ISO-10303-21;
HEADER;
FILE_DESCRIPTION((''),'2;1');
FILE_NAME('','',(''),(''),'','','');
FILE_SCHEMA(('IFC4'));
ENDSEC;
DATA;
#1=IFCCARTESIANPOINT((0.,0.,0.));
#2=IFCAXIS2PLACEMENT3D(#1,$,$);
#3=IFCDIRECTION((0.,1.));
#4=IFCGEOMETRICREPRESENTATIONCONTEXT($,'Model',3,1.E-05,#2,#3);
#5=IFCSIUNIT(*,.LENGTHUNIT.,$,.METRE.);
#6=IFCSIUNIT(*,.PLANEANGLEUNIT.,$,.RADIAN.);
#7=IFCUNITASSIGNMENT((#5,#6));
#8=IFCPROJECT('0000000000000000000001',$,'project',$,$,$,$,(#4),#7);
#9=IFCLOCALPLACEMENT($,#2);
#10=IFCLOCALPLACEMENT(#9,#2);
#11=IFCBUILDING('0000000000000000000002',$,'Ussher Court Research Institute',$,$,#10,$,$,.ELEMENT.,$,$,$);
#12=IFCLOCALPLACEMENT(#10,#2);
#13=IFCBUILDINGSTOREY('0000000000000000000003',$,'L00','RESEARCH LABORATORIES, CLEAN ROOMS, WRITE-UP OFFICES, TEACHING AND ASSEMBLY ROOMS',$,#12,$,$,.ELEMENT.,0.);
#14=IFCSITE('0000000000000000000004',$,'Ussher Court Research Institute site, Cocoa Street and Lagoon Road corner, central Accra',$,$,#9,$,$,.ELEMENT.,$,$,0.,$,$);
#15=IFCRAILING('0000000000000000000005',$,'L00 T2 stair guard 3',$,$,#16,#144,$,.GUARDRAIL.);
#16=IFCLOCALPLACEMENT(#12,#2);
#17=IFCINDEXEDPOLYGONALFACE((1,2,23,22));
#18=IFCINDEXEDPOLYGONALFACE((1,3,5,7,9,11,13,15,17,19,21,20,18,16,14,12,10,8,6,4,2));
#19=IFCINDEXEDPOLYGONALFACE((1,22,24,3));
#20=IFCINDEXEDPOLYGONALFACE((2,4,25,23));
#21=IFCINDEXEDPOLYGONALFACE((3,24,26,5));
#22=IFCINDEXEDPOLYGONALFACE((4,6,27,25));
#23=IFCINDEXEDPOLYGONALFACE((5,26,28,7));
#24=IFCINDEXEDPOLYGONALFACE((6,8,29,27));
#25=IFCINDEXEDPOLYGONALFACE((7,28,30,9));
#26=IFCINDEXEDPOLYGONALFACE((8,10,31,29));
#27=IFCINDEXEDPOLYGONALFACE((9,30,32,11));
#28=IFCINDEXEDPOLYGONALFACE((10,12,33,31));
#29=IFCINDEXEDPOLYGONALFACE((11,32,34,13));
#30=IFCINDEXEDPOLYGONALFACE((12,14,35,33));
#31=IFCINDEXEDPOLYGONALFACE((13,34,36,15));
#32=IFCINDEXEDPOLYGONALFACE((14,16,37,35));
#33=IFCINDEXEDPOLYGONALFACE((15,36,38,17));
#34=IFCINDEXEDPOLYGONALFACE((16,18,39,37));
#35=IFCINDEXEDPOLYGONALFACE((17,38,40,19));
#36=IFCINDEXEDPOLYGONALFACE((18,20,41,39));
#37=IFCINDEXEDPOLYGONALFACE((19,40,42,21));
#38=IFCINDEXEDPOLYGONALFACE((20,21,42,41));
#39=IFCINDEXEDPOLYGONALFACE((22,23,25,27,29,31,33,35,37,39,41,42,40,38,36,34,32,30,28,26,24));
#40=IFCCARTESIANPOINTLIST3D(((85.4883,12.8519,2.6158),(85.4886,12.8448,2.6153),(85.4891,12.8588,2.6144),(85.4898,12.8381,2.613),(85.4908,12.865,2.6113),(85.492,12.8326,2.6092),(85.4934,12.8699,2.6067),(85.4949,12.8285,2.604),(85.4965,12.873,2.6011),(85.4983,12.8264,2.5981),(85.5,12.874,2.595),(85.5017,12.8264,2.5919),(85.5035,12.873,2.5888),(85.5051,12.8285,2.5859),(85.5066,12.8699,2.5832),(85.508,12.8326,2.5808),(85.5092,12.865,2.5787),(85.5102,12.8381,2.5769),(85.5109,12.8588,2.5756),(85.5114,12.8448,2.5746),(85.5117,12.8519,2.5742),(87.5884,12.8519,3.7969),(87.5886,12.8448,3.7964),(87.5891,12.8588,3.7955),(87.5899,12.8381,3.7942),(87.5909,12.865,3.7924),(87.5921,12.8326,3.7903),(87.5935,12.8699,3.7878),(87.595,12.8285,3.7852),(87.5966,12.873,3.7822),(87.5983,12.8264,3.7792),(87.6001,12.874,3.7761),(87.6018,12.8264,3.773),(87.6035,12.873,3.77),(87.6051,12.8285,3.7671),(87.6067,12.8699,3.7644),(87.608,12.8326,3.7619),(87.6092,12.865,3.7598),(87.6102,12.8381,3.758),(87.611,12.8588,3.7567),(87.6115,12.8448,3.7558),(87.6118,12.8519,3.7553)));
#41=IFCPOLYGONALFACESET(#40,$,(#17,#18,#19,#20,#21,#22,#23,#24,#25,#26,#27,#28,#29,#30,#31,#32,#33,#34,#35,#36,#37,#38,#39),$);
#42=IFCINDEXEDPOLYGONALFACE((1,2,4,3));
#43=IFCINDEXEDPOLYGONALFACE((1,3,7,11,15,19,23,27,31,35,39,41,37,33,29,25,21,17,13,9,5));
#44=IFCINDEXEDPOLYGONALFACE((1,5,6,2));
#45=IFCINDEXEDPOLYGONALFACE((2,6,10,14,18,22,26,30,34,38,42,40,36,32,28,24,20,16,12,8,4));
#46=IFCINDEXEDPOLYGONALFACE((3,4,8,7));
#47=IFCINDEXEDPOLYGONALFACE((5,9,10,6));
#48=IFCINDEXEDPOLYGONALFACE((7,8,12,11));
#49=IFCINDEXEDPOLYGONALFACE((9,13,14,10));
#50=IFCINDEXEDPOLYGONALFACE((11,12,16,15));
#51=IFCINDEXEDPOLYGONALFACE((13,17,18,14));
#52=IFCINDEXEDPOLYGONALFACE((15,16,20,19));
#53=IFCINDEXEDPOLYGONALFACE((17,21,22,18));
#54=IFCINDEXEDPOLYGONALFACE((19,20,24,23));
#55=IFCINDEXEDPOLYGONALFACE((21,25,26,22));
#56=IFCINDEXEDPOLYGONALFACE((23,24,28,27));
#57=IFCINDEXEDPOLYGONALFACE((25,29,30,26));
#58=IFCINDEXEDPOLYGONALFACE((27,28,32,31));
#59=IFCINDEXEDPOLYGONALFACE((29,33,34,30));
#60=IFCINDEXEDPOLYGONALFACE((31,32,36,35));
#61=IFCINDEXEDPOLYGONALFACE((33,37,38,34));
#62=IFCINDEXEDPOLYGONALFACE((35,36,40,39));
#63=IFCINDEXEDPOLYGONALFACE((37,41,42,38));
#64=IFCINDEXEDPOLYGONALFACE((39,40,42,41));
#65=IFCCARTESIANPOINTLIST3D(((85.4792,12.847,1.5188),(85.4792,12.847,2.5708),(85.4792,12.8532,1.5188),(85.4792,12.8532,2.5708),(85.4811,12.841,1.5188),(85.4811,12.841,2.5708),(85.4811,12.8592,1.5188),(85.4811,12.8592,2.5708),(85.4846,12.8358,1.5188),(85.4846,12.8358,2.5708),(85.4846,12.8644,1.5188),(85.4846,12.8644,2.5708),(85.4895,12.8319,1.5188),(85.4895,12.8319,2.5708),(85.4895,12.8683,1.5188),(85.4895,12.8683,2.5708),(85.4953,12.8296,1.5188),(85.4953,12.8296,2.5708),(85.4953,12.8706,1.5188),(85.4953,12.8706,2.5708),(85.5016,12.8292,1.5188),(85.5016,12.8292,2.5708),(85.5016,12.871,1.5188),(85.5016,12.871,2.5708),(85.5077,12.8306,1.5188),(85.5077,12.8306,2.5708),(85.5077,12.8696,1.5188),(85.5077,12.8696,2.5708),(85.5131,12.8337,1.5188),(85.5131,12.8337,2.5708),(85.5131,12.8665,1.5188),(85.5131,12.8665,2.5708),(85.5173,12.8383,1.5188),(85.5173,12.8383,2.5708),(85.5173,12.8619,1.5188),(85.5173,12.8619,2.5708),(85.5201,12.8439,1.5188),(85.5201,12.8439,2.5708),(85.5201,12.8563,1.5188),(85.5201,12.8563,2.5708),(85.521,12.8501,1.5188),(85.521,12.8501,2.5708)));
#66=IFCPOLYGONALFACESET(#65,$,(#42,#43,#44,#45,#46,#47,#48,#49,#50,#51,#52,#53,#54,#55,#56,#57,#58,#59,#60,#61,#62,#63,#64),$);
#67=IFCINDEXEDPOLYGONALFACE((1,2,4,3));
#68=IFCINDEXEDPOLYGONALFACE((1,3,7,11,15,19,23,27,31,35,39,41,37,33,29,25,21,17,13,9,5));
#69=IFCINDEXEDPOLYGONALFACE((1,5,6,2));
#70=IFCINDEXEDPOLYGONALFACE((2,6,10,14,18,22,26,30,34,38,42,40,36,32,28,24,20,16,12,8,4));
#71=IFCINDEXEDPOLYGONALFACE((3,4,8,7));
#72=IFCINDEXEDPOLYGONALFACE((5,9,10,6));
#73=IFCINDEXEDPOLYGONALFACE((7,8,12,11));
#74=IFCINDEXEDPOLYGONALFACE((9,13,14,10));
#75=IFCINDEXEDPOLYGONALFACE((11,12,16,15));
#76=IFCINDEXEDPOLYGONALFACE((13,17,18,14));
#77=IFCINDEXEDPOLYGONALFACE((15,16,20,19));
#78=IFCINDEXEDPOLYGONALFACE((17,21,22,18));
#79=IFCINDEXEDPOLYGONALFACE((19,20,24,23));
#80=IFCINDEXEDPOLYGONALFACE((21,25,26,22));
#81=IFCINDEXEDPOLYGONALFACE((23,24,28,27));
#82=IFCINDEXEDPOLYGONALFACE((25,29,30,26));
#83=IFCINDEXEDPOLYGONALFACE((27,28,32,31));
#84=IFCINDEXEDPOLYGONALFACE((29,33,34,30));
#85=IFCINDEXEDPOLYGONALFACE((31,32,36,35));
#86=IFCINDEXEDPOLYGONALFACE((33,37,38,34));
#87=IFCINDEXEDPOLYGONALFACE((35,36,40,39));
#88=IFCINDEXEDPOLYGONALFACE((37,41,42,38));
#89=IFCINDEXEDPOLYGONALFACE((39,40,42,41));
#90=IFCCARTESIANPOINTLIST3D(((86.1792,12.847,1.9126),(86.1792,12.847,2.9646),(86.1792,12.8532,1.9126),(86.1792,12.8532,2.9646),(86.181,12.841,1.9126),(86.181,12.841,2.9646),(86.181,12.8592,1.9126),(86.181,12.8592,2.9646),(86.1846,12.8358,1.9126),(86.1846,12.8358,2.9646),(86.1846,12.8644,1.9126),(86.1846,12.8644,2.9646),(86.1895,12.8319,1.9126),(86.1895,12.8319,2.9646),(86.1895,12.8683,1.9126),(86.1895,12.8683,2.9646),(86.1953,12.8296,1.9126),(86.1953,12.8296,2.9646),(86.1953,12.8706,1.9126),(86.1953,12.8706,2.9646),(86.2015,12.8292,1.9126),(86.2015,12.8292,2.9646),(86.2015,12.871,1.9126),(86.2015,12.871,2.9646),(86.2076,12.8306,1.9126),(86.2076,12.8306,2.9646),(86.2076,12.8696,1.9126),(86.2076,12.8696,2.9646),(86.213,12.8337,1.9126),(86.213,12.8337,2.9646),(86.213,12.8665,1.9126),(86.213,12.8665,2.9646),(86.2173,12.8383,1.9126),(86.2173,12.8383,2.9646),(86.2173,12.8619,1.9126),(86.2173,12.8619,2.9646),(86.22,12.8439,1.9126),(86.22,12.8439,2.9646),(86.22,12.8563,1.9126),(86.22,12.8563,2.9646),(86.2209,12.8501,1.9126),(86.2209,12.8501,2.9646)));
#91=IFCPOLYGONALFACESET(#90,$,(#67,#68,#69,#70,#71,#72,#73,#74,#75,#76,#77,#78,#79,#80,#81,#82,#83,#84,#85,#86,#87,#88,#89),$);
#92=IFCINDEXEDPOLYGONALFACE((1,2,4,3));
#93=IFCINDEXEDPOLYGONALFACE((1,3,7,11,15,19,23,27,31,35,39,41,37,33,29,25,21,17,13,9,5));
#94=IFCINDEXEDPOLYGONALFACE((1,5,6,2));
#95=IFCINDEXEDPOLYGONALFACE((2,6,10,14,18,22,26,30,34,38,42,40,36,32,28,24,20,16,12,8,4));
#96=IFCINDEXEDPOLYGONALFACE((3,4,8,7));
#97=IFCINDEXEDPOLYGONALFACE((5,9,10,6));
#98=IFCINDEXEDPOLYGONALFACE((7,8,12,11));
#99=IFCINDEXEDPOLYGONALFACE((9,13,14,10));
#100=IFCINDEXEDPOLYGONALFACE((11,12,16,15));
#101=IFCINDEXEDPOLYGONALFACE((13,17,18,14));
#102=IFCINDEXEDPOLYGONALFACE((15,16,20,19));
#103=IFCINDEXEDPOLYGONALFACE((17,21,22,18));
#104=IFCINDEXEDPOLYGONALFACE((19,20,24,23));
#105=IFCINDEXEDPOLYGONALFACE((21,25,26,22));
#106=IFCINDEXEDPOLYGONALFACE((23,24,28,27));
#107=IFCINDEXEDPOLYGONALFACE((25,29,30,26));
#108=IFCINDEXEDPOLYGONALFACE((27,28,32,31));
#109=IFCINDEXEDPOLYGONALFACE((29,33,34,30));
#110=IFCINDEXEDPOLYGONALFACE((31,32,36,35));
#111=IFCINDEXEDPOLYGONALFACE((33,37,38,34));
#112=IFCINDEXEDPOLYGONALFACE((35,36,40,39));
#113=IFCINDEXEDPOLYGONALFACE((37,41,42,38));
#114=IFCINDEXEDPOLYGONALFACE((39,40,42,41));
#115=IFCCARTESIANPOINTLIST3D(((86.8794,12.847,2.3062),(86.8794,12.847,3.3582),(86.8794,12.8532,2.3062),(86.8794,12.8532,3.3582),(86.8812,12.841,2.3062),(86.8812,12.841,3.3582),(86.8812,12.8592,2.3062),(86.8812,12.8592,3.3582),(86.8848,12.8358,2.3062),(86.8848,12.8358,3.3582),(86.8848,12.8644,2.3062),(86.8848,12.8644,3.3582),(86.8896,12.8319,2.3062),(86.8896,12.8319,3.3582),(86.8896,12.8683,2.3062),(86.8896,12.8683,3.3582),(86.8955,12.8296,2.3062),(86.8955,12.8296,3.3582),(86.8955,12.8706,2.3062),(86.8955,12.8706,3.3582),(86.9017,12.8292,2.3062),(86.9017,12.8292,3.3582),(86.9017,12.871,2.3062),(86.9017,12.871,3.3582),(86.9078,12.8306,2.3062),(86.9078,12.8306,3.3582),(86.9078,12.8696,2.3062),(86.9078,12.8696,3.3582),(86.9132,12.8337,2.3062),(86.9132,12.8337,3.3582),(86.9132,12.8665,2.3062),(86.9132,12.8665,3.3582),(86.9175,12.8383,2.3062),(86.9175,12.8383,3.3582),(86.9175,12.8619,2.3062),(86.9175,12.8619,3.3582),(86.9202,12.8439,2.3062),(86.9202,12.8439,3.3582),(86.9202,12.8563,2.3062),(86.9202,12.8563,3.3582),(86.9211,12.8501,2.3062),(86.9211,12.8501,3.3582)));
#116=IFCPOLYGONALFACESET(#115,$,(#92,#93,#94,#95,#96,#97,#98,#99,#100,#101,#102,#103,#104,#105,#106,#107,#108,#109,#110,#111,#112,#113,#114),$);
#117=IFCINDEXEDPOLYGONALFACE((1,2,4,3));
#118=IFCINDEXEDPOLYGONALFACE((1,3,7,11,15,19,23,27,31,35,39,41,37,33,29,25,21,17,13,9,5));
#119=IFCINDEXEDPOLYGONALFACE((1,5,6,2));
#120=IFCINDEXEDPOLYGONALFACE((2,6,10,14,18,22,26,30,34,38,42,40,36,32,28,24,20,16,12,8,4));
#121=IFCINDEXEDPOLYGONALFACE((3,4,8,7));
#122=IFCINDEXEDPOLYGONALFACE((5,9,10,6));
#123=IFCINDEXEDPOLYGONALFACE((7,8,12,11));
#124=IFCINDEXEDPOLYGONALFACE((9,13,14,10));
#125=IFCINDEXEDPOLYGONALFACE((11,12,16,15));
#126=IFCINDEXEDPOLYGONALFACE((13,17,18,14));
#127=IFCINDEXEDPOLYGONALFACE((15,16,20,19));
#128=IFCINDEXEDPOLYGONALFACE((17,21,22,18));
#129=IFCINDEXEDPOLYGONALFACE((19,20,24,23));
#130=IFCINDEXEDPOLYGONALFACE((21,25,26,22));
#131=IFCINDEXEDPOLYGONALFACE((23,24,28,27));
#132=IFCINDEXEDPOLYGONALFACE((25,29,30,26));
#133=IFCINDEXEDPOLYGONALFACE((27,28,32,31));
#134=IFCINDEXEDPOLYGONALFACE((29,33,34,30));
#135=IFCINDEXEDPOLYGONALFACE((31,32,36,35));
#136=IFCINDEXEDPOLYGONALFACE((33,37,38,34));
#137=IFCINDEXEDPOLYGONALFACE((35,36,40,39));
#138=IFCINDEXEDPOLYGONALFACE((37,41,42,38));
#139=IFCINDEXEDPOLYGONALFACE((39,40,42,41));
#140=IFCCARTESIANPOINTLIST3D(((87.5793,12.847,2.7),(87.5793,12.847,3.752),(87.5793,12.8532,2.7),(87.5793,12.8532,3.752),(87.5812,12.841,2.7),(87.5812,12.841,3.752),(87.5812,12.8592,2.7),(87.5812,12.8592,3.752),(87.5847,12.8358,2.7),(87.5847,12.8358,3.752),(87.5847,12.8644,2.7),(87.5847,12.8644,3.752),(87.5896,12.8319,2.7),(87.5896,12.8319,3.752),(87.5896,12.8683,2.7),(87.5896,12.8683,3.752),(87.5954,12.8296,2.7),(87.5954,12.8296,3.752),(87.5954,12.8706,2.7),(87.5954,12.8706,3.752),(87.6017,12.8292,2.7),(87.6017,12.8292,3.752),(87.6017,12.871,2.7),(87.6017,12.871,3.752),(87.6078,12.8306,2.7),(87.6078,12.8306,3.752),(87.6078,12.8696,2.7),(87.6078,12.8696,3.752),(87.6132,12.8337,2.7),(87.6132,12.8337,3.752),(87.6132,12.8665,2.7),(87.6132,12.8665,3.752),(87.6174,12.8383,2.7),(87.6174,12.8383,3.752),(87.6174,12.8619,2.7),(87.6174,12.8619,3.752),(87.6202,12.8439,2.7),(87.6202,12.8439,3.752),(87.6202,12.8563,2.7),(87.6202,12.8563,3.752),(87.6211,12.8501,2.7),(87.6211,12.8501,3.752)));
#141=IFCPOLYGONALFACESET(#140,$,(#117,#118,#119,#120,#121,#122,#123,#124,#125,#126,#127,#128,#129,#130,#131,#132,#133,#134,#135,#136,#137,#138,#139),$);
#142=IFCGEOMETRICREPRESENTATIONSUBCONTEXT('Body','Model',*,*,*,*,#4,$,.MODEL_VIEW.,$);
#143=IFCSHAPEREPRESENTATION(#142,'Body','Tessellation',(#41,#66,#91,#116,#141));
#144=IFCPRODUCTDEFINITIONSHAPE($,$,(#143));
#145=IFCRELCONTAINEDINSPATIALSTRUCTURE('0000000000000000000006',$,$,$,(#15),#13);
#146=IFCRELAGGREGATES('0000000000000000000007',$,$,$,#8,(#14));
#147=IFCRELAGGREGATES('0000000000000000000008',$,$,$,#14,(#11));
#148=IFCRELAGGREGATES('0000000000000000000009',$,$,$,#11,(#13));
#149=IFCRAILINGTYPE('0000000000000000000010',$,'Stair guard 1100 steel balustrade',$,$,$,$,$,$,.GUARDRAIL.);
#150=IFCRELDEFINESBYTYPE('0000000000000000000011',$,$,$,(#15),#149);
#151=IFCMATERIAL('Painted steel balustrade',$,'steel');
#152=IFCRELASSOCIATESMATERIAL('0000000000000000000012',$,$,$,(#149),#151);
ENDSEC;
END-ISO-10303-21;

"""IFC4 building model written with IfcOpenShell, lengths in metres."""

from ifc_helpers import new_model, si_unit, direction, frame, origin, origin_2d, place, context, subcontext, project, spatial, circle, extrude, material, type_object, element, save


model = new_model("IFC4")

# Units and contexts
model_context = context("Model", 3, precision=1e-05, world=origin(), true_north=direction((0.0, 1.0)))
body_context = subcontext(model_context, "Body", "Model", "MODEL_VIEW")
ifc_project = project(units=[si_unit("LENGTHUNIT", "METRE"), si_unit("PLANEANGLEUNIT", "RADIAN")], contexts=[model_context])

# Site, building, storey
site_placement = place(None, origin())
site = spatial("IfcSite", under=ifc_project, at=site_placement, Name="Ussher Court Research Institute site, Cocoa Street and Lagoon Road corner, central Accra", CompositionType="ELEMENT", RefElevation=0.0)
building_placement = place(site_placement, origin())
building = spatial("IfcBuilding", under=site, at=building_placement, Name="Ussher Court Research Institute", CompositionType="ELEMENT")
storey_placement = place(building_placement, origin())
storey = spatial("IfcBuildingStorey", under=building, at=storey_placement, Name="L00", Description="RESEARCH LABORATORIES, CLEAN ROOMS, WRITE-UP OFFICES, TEACHING AND ASSEMBLY ROOMS", CompositionType="ELEMENT", Elevation=0.0)

# Railing
ifc_material_1 = material(Name="Painted steel balustrade", Category="steel")
railing_type_1 = type_object("IfcRailingType", Name="Stair guard 1100 steel balustrade", PredefinedType="GUARDRAIL", material=ifc_material_1)
railing_1_placement = place(storey_placement, frame((85.5, 12.8501, 1.5188)))
element("IfcRailing", 1, at=railing_1_placement, inside=storey, type_object=railing_type_1, Name="L00 T2 stair guard 3", PredefinedType="GUARDRAIL", context=body_context, shape_type="SweptSolid", body=[
    extrude(circle(Radius=0.0239, at=origin_2d()), frame((0.0, 0.0, 1.0762), z_axis=(0.871603, 0.0, 0.490213), x_axis=(0.0, 1.0, 0.0)), (0.0, 0.0, 1.0), 2.4094),
    extrude(circle(Radius=0.021, at=origin_2d()), origin(), (0.0, 0.0, 1.0), 1.052),
    extrude(circle(Radius=0.021, at=origin_2d()), frame((0.7, 0.0, 0.3938)), (0.0, 0.0, 1.0), 1.052),
    extrude(circle(Radius=0.021, at=origin_2d()), frame((1.4001, 0.0, 0.7874)), (0.0, 0.0, 1.0), 1.052),
    extrude(circle(Radius=0.021, at=origin_2d()), frame((2.1001, 0.0, 1.1812)), (0.0, 0.0, 1.0), 1.052),
])

save(model, "model.ifc")
